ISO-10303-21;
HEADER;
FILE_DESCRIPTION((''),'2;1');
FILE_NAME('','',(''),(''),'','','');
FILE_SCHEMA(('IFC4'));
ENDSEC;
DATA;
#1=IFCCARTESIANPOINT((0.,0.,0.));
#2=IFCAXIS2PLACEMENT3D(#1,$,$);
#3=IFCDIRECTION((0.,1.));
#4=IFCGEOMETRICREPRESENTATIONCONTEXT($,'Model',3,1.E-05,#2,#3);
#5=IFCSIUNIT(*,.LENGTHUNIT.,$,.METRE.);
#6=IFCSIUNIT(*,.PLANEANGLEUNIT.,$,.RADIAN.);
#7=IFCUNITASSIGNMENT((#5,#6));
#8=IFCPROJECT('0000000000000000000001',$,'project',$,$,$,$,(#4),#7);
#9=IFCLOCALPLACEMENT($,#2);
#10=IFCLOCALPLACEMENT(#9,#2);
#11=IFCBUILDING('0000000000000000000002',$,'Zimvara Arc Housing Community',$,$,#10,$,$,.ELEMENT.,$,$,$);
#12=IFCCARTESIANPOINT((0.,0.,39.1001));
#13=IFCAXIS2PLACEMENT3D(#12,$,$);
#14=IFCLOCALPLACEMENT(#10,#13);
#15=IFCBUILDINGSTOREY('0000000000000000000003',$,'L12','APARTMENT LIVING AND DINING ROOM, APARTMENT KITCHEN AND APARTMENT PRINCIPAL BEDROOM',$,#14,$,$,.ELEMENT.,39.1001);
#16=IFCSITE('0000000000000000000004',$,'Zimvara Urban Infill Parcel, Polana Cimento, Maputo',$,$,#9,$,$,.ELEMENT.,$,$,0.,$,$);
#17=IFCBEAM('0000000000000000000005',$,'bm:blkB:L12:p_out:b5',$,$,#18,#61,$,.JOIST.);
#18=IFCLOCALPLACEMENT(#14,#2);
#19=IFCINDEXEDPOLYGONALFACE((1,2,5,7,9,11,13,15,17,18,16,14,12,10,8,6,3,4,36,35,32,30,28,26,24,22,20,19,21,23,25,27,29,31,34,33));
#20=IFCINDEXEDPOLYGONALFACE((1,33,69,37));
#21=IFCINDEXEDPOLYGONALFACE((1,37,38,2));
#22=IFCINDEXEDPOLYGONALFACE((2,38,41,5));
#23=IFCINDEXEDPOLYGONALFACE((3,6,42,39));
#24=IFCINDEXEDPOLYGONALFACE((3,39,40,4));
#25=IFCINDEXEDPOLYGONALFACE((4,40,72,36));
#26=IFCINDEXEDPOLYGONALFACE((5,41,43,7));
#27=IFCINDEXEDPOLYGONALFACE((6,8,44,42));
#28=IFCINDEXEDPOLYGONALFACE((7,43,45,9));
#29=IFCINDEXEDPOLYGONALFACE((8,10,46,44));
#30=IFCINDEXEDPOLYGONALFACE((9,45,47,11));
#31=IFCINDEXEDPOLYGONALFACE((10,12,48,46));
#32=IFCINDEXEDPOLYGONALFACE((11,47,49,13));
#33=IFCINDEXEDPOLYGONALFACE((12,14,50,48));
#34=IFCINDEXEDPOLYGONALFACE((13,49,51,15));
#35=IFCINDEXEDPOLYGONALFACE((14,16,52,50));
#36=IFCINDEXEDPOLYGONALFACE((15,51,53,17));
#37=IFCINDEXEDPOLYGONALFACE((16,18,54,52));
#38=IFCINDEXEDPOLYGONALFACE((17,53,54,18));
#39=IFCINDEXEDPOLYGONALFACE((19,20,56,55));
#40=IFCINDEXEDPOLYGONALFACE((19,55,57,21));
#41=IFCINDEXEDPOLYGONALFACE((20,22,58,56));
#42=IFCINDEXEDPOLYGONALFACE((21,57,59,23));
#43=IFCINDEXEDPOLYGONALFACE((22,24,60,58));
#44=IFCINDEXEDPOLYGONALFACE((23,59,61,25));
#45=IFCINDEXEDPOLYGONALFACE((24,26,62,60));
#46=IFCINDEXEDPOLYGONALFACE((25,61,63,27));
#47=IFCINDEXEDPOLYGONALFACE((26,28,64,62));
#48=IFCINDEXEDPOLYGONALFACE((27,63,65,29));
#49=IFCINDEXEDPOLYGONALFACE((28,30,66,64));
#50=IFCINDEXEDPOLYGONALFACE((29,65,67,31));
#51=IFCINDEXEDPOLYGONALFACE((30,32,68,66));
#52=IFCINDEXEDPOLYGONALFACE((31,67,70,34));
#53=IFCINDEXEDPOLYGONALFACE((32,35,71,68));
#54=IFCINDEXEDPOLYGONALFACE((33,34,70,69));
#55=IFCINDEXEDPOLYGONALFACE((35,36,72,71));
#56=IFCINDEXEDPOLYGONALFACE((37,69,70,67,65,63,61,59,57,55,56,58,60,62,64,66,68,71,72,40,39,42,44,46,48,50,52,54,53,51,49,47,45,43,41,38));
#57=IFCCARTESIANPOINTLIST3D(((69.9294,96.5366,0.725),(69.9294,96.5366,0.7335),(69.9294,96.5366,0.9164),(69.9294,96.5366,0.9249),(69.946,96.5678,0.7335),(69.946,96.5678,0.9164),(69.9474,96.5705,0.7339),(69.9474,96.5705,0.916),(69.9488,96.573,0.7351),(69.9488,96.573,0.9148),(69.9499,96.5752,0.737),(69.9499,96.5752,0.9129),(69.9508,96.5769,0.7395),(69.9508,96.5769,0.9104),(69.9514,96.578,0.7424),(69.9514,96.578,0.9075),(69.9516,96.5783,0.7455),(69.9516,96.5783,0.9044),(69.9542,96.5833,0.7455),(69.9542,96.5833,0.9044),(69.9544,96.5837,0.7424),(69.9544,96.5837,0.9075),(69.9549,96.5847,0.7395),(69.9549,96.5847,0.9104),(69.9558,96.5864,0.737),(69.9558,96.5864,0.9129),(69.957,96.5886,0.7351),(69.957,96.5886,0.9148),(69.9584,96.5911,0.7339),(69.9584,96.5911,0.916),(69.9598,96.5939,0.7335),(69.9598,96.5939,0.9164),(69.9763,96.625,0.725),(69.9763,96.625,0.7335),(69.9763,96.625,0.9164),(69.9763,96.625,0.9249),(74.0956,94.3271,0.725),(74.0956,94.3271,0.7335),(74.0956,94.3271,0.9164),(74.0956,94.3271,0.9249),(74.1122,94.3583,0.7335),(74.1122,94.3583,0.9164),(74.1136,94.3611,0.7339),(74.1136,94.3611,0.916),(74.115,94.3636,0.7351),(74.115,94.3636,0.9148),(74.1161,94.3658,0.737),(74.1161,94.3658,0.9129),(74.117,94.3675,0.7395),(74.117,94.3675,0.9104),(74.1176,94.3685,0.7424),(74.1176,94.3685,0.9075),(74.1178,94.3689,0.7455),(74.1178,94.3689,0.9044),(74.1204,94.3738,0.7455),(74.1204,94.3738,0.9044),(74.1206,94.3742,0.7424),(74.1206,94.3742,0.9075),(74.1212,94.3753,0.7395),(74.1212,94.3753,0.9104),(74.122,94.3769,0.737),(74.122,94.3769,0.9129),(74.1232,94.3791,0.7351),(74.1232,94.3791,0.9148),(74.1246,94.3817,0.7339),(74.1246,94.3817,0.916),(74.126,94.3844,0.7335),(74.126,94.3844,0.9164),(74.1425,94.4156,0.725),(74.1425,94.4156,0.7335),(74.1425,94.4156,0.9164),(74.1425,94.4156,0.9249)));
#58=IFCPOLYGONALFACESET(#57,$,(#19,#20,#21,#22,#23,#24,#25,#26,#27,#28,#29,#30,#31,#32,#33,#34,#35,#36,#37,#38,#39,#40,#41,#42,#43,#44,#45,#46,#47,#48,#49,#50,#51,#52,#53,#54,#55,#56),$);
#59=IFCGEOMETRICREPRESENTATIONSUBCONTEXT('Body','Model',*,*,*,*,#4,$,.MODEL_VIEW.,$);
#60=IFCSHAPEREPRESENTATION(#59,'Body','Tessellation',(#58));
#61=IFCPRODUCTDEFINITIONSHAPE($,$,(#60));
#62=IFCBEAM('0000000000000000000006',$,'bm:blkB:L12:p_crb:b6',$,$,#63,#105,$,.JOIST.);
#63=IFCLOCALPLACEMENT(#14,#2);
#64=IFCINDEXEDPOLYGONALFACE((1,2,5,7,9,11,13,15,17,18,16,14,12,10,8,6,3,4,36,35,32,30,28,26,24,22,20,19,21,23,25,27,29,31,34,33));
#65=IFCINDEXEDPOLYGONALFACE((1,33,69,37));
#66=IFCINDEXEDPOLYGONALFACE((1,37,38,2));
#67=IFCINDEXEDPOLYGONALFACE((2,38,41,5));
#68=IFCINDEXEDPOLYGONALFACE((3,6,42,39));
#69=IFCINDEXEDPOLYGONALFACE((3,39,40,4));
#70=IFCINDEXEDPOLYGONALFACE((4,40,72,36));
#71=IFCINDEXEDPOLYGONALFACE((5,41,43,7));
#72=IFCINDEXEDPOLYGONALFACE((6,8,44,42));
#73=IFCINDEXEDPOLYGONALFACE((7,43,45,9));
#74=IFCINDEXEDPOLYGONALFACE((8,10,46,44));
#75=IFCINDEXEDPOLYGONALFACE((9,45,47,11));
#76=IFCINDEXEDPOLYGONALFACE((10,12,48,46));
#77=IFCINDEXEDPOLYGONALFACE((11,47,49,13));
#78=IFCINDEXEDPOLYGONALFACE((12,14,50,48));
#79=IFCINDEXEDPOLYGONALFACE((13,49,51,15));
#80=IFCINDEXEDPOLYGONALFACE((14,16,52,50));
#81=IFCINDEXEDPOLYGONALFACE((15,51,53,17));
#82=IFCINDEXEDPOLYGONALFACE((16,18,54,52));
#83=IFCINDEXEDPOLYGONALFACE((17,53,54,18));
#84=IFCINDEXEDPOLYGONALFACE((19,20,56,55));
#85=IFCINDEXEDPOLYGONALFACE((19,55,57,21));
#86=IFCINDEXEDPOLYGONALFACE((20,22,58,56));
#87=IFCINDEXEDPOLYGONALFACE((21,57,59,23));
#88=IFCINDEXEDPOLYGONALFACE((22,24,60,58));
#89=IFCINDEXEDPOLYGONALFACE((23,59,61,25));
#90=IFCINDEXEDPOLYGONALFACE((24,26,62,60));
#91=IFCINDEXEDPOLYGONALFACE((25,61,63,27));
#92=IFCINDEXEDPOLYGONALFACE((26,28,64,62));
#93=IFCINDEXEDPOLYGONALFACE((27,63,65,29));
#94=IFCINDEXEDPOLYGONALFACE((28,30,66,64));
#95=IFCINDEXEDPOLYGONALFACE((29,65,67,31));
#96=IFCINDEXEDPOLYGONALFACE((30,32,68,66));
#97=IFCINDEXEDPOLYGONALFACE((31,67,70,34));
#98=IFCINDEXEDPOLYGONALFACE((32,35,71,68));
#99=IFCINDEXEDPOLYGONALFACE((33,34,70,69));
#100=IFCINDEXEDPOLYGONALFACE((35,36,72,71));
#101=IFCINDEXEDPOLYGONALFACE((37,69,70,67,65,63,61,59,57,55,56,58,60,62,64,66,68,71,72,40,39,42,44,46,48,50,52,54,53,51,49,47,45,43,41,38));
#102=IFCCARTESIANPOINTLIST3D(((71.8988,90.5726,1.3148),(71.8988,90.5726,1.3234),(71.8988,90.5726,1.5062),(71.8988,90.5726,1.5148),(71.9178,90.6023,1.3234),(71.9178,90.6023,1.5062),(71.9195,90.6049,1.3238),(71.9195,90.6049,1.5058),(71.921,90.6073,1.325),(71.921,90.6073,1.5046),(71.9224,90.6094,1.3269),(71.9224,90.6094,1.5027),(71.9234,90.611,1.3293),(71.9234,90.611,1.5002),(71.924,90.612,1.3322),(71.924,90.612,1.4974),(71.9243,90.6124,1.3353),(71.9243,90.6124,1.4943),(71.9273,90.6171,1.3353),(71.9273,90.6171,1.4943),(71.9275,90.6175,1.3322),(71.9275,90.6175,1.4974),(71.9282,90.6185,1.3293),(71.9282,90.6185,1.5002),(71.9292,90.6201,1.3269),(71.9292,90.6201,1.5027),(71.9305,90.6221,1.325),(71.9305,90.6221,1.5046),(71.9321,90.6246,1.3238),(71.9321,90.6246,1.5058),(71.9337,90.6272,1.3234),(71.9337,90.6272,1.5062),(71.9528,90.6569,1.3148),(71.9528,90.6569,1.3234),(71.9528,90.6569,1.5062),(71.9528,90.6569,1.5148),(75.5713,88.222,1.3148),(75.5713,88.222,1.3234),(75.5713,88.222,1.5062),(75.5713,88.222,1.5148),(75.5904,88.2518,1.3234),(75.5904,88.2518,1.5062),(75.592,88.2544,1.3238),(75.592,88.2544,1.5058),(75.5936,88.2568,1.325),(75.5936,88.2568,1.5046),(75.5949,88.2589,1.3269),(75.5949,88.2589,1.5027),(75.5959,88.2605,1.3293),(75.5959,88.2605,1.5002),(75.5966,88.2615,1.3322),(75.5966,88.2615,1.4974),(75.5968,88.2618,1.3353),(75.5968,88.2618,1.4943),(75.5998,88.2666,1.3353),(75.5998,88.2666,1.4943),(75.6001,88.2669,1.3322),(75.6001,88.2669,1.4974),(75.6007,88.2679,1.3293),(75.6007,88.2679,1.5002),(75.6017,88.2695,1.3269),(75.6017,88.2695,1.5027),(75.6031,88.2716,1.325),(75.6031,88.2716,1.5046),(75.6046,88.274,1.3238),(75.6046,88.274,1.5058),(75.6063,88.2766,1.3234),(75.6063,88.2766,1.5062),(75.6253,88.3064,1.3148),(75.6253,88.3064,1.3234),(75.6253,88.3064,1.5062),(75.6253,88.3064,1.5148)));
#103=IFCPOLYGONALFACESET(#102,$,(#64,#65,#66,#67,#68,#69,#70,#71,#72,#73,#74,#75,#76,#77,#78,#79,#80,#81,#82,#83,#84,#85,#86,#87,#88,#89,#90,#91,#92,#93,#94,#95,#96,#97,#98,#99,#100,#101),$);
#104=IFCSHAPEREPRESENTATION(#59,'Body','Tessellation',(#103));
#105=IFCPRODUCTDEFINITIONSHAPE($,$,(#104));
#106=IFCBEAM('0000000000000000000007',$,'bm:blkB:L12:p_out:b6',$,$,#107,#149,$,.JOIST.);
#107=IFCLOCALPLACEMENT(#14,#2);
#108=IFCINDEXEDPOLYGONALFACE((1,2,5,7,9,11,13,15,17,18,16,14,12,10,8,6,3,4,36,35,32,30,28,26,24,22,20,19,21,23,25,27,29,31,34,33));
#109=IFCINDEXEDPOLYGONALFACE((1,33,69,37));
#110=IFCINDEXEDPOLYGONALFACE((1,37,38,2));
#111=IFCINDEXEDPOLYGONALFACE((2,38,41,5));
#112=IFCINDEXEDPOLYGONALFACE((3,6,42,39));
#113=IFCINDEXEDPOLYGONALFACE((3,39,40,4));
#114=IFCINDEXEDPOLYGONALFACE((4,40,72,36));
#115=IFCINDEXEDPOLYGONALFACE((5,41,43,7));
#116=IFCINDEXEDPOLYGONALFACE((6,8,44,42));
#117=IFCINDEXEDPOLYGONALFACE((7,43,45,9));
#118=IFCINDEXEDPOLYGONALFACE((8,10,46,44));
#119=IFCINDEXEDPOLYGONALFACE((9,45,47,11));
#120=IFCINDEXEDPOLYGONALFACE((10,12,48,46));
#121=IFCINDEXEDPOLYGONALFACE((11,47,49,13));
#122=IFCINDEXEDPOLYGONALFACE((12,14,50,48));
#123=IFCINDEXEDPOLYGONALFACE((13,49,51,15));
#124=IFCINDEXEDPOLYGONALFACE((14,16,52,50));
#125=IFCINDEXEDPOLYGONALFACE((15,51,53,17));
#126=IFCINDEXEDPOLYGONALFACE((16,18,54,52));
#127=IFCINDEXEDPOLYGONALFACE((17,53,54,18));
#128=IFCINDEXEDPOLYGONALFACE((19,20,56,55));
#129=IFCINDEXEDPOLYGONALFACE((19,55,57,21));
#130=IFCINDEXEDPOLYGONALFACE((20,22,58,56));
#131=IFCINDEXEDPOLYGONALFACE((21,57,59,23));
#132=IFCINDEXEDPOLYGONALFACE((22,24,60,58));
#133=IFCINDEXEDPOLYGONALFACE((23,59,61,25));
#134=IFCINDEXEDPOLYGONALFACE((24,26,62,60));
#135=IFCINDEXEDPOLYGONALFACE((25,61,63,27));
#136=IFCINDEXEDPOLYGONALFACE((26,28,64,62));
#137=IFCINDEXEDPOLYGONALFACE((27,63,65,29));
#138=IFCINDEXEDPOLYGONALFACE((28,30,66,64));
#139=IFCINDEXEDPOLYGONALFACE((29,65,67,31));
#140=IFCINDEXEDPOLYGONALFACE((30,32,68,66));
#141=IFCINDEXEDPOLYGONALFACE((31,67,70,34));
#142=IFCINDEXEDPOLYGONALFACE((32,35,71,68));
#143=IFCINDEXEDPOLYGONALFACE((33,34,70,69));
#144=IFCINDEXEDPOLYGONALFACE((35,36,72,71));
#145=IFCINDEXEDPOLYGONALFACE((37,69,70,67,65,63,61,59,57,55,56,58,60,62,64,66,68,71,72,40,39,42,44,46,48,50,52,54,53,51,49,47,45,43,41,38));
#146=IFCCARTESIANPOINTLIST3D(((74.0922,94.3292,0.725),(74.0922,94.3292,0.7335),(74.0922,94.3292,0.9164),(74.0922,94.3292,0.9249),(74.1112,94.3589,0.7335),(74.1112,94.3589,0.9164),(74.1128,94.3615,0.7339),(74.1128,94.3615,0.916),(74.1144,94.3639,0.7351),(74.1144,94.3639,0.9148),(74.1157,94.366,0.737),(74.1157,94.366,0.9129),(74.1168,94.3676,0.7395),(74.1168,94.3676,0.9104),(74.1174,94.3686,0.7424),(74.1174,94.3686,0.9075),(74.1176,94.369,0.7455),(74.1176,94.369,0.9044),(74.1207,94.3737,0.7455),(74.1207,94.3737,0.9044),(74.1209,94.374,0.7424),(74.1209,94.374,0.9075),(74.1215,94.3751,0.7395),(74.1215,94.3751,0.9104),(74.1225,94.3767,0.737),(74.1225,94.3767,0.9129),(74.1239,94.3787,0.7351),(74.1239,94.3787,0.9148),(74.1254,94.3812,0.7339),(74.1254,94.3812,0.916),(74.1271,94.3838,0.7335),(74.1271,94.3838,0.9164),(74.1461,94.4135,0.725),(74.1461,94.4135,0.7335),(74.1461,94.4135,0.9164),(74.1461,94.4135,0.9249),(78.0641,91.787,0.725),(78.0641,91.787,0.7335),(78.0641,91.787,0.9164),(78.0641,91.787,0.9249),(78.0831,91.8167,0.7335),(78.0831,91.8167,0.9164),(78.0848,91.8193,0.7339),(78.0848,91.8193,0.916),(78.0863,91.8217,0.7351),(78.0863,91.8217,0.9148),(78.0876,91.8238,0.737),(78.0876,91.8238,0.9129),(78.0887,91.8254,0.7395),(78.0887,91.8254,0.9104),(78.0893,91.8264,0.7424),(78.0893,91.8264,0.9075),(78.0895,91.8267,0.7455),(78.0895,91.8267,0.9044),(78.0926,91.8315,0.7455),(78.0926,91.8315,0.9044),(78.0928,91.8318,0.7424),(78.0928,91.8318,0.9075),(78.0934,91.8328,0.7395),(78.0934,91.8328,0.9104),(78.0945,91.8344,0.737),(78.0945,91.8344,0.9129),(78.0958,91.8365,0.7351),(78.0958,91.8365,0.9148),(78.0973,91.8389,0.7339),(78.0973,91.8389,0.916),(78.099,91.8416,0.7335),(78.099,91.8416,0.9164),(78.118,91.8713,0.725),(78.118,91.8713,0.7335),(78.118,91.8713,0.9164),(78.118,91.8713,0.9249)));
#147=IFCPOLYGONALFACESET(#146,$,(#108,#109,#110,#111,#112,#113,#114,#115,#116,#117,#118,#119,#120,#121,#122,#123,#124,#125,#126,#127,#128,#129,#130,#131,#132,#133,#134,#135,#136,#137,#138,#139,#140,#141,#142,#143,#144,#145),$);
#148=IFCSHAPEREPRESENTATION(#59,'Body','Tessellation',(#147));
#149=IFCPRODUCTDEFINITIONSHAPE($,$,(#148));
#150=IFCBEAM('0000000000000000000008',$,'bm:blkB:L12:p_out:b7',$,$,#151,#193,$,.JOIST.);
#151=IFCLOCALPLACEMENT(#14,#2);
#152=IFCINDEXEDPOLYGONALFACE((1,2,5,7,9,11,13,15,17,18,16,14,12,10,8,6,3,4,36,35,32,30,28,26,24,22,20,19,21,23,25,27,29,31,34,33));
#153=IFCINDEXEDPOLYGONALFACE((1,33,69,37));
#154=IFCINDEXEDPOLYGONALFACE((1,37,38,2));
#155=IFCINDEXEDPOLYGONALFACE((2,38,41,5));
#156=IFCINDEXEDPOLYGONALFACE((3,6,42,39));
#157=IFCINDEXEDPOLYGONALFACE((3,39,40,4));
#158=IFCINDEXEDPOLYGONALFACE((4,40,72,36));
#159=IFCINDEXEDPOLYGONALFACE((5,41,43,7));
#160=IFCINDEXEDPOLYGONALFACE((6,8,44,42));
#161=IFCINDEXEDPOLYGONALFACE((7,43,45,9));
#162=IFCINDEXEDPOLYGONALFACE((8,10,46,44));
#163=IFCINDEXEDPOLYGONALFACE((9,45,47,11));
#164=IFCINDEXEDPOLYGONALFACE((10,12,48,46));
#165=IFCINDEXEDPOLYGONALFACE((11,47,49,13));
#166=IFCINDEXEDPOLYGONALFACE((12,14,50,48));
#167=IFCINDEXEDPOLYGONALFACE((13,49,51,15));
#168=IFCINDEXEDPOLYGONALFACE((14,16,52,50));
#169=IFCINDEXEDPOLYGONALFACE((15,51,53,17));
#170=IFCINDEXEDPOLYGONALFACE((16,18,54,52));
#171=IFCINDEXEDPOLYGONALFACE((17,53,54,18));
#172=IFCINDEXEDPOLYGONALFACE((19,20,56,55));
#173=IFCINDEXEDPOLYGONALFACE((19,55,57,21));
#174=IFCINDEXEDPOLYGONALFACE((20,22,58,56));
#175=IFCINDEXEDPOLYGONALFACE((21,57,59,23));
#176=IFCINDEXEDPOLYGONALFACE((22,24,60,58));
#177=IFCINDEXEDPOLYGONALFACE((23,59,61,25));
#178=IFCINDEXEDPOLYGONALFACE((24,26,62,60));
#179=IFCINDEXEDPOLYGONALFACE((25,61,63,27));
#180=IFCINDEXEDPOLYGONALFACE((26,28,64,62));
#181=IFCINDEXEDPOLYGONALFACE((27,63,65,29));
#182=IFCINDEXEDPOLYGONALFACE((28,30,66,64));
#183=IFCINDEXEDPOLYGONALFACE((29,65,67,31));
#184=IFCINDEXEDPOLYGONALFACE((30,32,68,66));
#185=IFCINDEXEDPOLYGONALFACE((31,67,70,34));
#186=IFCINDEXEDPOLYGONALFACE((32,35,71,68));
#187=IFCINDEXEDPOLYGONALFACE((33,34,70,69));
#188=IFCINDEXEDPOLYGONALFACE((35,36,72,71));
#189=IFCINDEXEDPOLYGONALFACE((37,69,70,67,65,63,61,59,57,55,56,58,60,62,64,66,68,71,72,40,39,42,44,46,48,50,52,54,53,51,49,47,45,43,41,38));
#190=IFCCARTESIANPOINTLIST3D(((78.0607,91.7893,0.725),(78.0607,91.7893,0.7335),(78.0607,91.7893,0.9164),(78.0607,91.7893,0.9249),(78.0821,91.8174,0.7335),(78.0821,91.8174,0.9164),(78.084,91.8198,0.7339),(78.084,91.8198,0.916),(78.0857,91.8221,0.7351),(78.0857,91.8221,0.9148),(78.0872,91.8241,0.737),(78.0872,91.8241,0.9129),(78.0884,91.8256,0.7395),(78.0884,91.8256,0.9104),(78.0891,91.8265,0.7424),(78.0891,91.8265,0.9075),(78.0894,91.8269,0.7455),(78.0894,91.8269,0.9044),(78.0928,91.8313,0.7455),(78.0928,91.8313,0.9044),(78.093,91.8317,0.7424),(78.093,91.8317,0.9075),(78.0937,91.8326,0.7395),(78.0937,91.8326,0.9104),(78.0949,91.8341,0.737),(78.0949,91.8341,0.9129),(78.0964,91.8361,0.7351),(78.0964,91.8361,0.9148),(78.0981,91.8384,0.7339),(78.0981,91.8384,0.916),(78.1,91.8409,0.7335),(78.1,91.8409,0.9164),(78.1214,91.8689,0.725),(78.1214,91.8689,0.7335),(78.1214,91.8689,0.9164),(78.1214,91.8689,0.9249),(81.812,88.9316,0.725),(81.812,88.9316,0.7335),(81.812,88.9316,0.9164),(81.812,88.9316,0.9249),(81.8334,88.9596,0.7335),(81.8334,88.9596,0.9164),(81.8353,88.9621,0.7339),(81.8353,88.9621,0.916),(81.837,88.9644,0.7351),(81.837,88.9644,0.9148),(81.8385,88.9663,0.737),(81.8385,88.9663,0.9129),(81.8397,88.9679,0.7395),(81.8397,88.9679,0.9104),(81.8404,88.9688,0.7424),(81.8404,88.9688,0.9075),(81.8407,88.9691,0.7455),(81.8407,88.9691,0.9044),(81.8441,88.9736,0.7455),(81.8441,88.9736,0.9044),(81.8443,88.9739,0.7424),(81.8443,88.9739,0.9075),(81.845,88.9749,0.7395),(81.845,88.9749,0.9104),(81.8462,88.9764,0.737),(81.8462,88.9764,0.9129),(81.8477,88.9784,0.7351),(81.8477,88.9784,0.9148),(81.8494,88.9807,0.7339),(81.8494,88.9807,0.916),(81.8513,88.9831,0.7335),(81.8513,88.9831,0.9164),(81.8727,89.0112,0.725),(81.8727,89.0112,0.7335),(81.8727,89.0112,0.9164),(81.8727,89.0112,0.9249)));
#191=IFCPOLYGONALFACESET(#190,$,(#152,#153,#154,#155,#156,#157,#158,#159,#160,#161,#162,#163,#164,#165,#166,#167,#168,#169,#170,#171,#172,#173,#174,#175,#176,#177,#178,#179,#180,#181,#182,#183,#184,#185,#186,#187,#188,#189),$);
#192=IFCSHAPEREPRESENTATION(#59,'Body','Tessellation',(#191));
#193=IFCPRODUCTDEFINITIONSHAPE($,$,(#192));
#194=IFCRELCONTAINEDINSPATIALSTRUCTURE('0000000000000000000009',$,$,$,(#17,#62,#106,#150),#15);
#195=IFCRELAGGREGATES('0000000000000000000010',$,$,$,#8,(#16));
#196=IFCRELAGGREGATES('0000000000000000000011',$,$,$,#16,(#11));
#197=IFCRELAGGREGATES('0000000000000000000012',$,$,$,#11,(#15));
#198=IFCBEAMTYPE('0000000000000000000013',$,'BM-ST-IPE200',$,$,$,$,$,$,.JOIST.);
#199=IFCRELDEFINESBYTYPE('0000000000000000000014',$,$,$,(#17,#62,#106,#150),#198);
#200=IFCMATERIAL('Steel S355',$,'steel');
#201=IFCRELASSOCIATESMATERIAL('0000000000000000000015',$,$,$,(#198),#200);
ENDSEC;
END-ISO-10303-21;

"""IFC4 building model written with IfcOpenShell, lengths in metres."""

from ifc_helpers import new_model, si_unit, direction, frame, origin, origin_2d, place, context, subcontext, project, spatial, i_section, extrude, material, material_profile, profile_set, type_object, element, save


model = new_model("IFC4")

# Units and contexts
model_context = context("Model", 3, precision=1e-05, world=origin(), true_north=direction((0.0, 1.0)))
body_context = subcontext(model_context, "Body", "Model", "MODEL_VIEW")
ifc_project = project(units=[si_unit("LENGTHUNIT", "METRE"), si_unit("PLANEANGLEUNIT", "RADIAN")], contexts=[model_context])

# Site, building, storey
site_placement = place(None, origin())
site = spatial("IfcSite", under=ifc_project, at=site_placement, Name="Zimvara Urban Infill Parcel, Polana Cimento, Maputo", CompositionType="ELEMENT", RefElevation=0.0)
building_placement = place(site_placement, origin())
building = spatial("IfcBuilding", under=site, at=building_placement, Name="Zimvara Arc Housing Community", CompositionType="ELEMENT")
storey_placement = place(building_placement, frame((0.0, 0.0, 39.1001)))
storey = spatial("IfcBuildingStorey", under=building, at=storey_placement, Name="L12", Description="APARTMENT LIVING AND DINING ROOM, APARTMENT KITCHEN AND APARTMENT PRINCIPAL BEDROOM", CompositionType="ELEMENT", Elevation=39.1001)

# Beams
ifc_material_1 = material(Name="Steel S355", Category="steel")
ifc_material_profile_1 = material_profile(ifc_material_1, i_section(OverallWidth=0.1001, OverallDepth=0.2, WebThickness=0.0056, FlangeThickness=0.0085, FilletRadius=0.012, at=origin_2d()), Name="IPE 200")
ifc_profile_set_1 = profile_set([ifc_material_profile_1], Name="Steel S355")
beam_type_1 = type_object("IfcBeamType", Name="BM-ST-IPE200", PredefinedType="JOIST", material=ifc_profile_set_1)
beam_1_placement = place(storey_placement, frame((69.9529, 96.5808, 0.825), z_axis=(0.883454, -0.468518, 0.0), x_axis=(0.468518, 0.883454, 0.0)))
element("IfcBeam", 1, at=beam_1_placement, inside=storey, type_object=beam_type_1, Name="bm:blkB:L12:p_out:b5", PredefinedType="JOIST", context=body_context, shape_type="SweptSolid", body=[
    extrude(i_section(OverallWidth=0.1001, OverallDepth=0.2, WebThickness=0.0056, FlangeThickness=0.0085, FilletRadius=0.012, at=origin_2d()), origin(), (0.0, 0.0, 1.0), 4.7158),
])
beam_2_placement = place(storey_placement, frame((71.9258, 90.6147, 1.4148), z_axis=(0.842259, -0.539073, 0.0), x_axis=(0.539073, 0.842259, 0.0)))
element("IfcBeam", 2, at=beam_2_placement, inside=storey, type_object=beam_type_1, Name="bm:blkB:L12:p_crb:b6", PredefinedType="JOIST", context=body_context, shape_type="SweptSolid", body=[
    extrude(i_section(OverallWidth=0.1001, OverallDepth=0.2, WebThickness=0.0056, FlangeThickness=0.0085, FilletRadius=0.012, at=origin_2d()), origin(), (0.0, 0.0, 1.0), 4.3604),
])
for number, where, z_axis, x_axis, name in (
    (3, (74.1191, 94.3713, 0.825), (0.842252, -0.539085, 0.0), (0.539085, 0.842252, 0.0), "bm:blkB:L12:p_out:b6"),
    (4, (78.0911, 91.8291, 0.825), (0.795473, -0.605989, 0.0), (0.605989, 0.795473, 0.0), "bm:blkB:L12:p_out:b7"),
):
    element("IfcBeam", number, at=place(storey_placement, frame(where, z_axis=z_axis, x_axis=x_axis)), inside=storey, type_object=beam_type_1, Name=name, PredefinedType="JOIST", context=body_context, shape_type="SweptSolid", body=[
        extrude(i_section(OverallWidth=0.1001, OverallDepth=0.2, WebThickness=0.0056, FlangeThickness=0.0085, FilletRadius=0.012, at=origin_2d()), origin(), (0.0, 0.0, 1.0), 4.7158),
    ])

save(model, "model.ifc")
